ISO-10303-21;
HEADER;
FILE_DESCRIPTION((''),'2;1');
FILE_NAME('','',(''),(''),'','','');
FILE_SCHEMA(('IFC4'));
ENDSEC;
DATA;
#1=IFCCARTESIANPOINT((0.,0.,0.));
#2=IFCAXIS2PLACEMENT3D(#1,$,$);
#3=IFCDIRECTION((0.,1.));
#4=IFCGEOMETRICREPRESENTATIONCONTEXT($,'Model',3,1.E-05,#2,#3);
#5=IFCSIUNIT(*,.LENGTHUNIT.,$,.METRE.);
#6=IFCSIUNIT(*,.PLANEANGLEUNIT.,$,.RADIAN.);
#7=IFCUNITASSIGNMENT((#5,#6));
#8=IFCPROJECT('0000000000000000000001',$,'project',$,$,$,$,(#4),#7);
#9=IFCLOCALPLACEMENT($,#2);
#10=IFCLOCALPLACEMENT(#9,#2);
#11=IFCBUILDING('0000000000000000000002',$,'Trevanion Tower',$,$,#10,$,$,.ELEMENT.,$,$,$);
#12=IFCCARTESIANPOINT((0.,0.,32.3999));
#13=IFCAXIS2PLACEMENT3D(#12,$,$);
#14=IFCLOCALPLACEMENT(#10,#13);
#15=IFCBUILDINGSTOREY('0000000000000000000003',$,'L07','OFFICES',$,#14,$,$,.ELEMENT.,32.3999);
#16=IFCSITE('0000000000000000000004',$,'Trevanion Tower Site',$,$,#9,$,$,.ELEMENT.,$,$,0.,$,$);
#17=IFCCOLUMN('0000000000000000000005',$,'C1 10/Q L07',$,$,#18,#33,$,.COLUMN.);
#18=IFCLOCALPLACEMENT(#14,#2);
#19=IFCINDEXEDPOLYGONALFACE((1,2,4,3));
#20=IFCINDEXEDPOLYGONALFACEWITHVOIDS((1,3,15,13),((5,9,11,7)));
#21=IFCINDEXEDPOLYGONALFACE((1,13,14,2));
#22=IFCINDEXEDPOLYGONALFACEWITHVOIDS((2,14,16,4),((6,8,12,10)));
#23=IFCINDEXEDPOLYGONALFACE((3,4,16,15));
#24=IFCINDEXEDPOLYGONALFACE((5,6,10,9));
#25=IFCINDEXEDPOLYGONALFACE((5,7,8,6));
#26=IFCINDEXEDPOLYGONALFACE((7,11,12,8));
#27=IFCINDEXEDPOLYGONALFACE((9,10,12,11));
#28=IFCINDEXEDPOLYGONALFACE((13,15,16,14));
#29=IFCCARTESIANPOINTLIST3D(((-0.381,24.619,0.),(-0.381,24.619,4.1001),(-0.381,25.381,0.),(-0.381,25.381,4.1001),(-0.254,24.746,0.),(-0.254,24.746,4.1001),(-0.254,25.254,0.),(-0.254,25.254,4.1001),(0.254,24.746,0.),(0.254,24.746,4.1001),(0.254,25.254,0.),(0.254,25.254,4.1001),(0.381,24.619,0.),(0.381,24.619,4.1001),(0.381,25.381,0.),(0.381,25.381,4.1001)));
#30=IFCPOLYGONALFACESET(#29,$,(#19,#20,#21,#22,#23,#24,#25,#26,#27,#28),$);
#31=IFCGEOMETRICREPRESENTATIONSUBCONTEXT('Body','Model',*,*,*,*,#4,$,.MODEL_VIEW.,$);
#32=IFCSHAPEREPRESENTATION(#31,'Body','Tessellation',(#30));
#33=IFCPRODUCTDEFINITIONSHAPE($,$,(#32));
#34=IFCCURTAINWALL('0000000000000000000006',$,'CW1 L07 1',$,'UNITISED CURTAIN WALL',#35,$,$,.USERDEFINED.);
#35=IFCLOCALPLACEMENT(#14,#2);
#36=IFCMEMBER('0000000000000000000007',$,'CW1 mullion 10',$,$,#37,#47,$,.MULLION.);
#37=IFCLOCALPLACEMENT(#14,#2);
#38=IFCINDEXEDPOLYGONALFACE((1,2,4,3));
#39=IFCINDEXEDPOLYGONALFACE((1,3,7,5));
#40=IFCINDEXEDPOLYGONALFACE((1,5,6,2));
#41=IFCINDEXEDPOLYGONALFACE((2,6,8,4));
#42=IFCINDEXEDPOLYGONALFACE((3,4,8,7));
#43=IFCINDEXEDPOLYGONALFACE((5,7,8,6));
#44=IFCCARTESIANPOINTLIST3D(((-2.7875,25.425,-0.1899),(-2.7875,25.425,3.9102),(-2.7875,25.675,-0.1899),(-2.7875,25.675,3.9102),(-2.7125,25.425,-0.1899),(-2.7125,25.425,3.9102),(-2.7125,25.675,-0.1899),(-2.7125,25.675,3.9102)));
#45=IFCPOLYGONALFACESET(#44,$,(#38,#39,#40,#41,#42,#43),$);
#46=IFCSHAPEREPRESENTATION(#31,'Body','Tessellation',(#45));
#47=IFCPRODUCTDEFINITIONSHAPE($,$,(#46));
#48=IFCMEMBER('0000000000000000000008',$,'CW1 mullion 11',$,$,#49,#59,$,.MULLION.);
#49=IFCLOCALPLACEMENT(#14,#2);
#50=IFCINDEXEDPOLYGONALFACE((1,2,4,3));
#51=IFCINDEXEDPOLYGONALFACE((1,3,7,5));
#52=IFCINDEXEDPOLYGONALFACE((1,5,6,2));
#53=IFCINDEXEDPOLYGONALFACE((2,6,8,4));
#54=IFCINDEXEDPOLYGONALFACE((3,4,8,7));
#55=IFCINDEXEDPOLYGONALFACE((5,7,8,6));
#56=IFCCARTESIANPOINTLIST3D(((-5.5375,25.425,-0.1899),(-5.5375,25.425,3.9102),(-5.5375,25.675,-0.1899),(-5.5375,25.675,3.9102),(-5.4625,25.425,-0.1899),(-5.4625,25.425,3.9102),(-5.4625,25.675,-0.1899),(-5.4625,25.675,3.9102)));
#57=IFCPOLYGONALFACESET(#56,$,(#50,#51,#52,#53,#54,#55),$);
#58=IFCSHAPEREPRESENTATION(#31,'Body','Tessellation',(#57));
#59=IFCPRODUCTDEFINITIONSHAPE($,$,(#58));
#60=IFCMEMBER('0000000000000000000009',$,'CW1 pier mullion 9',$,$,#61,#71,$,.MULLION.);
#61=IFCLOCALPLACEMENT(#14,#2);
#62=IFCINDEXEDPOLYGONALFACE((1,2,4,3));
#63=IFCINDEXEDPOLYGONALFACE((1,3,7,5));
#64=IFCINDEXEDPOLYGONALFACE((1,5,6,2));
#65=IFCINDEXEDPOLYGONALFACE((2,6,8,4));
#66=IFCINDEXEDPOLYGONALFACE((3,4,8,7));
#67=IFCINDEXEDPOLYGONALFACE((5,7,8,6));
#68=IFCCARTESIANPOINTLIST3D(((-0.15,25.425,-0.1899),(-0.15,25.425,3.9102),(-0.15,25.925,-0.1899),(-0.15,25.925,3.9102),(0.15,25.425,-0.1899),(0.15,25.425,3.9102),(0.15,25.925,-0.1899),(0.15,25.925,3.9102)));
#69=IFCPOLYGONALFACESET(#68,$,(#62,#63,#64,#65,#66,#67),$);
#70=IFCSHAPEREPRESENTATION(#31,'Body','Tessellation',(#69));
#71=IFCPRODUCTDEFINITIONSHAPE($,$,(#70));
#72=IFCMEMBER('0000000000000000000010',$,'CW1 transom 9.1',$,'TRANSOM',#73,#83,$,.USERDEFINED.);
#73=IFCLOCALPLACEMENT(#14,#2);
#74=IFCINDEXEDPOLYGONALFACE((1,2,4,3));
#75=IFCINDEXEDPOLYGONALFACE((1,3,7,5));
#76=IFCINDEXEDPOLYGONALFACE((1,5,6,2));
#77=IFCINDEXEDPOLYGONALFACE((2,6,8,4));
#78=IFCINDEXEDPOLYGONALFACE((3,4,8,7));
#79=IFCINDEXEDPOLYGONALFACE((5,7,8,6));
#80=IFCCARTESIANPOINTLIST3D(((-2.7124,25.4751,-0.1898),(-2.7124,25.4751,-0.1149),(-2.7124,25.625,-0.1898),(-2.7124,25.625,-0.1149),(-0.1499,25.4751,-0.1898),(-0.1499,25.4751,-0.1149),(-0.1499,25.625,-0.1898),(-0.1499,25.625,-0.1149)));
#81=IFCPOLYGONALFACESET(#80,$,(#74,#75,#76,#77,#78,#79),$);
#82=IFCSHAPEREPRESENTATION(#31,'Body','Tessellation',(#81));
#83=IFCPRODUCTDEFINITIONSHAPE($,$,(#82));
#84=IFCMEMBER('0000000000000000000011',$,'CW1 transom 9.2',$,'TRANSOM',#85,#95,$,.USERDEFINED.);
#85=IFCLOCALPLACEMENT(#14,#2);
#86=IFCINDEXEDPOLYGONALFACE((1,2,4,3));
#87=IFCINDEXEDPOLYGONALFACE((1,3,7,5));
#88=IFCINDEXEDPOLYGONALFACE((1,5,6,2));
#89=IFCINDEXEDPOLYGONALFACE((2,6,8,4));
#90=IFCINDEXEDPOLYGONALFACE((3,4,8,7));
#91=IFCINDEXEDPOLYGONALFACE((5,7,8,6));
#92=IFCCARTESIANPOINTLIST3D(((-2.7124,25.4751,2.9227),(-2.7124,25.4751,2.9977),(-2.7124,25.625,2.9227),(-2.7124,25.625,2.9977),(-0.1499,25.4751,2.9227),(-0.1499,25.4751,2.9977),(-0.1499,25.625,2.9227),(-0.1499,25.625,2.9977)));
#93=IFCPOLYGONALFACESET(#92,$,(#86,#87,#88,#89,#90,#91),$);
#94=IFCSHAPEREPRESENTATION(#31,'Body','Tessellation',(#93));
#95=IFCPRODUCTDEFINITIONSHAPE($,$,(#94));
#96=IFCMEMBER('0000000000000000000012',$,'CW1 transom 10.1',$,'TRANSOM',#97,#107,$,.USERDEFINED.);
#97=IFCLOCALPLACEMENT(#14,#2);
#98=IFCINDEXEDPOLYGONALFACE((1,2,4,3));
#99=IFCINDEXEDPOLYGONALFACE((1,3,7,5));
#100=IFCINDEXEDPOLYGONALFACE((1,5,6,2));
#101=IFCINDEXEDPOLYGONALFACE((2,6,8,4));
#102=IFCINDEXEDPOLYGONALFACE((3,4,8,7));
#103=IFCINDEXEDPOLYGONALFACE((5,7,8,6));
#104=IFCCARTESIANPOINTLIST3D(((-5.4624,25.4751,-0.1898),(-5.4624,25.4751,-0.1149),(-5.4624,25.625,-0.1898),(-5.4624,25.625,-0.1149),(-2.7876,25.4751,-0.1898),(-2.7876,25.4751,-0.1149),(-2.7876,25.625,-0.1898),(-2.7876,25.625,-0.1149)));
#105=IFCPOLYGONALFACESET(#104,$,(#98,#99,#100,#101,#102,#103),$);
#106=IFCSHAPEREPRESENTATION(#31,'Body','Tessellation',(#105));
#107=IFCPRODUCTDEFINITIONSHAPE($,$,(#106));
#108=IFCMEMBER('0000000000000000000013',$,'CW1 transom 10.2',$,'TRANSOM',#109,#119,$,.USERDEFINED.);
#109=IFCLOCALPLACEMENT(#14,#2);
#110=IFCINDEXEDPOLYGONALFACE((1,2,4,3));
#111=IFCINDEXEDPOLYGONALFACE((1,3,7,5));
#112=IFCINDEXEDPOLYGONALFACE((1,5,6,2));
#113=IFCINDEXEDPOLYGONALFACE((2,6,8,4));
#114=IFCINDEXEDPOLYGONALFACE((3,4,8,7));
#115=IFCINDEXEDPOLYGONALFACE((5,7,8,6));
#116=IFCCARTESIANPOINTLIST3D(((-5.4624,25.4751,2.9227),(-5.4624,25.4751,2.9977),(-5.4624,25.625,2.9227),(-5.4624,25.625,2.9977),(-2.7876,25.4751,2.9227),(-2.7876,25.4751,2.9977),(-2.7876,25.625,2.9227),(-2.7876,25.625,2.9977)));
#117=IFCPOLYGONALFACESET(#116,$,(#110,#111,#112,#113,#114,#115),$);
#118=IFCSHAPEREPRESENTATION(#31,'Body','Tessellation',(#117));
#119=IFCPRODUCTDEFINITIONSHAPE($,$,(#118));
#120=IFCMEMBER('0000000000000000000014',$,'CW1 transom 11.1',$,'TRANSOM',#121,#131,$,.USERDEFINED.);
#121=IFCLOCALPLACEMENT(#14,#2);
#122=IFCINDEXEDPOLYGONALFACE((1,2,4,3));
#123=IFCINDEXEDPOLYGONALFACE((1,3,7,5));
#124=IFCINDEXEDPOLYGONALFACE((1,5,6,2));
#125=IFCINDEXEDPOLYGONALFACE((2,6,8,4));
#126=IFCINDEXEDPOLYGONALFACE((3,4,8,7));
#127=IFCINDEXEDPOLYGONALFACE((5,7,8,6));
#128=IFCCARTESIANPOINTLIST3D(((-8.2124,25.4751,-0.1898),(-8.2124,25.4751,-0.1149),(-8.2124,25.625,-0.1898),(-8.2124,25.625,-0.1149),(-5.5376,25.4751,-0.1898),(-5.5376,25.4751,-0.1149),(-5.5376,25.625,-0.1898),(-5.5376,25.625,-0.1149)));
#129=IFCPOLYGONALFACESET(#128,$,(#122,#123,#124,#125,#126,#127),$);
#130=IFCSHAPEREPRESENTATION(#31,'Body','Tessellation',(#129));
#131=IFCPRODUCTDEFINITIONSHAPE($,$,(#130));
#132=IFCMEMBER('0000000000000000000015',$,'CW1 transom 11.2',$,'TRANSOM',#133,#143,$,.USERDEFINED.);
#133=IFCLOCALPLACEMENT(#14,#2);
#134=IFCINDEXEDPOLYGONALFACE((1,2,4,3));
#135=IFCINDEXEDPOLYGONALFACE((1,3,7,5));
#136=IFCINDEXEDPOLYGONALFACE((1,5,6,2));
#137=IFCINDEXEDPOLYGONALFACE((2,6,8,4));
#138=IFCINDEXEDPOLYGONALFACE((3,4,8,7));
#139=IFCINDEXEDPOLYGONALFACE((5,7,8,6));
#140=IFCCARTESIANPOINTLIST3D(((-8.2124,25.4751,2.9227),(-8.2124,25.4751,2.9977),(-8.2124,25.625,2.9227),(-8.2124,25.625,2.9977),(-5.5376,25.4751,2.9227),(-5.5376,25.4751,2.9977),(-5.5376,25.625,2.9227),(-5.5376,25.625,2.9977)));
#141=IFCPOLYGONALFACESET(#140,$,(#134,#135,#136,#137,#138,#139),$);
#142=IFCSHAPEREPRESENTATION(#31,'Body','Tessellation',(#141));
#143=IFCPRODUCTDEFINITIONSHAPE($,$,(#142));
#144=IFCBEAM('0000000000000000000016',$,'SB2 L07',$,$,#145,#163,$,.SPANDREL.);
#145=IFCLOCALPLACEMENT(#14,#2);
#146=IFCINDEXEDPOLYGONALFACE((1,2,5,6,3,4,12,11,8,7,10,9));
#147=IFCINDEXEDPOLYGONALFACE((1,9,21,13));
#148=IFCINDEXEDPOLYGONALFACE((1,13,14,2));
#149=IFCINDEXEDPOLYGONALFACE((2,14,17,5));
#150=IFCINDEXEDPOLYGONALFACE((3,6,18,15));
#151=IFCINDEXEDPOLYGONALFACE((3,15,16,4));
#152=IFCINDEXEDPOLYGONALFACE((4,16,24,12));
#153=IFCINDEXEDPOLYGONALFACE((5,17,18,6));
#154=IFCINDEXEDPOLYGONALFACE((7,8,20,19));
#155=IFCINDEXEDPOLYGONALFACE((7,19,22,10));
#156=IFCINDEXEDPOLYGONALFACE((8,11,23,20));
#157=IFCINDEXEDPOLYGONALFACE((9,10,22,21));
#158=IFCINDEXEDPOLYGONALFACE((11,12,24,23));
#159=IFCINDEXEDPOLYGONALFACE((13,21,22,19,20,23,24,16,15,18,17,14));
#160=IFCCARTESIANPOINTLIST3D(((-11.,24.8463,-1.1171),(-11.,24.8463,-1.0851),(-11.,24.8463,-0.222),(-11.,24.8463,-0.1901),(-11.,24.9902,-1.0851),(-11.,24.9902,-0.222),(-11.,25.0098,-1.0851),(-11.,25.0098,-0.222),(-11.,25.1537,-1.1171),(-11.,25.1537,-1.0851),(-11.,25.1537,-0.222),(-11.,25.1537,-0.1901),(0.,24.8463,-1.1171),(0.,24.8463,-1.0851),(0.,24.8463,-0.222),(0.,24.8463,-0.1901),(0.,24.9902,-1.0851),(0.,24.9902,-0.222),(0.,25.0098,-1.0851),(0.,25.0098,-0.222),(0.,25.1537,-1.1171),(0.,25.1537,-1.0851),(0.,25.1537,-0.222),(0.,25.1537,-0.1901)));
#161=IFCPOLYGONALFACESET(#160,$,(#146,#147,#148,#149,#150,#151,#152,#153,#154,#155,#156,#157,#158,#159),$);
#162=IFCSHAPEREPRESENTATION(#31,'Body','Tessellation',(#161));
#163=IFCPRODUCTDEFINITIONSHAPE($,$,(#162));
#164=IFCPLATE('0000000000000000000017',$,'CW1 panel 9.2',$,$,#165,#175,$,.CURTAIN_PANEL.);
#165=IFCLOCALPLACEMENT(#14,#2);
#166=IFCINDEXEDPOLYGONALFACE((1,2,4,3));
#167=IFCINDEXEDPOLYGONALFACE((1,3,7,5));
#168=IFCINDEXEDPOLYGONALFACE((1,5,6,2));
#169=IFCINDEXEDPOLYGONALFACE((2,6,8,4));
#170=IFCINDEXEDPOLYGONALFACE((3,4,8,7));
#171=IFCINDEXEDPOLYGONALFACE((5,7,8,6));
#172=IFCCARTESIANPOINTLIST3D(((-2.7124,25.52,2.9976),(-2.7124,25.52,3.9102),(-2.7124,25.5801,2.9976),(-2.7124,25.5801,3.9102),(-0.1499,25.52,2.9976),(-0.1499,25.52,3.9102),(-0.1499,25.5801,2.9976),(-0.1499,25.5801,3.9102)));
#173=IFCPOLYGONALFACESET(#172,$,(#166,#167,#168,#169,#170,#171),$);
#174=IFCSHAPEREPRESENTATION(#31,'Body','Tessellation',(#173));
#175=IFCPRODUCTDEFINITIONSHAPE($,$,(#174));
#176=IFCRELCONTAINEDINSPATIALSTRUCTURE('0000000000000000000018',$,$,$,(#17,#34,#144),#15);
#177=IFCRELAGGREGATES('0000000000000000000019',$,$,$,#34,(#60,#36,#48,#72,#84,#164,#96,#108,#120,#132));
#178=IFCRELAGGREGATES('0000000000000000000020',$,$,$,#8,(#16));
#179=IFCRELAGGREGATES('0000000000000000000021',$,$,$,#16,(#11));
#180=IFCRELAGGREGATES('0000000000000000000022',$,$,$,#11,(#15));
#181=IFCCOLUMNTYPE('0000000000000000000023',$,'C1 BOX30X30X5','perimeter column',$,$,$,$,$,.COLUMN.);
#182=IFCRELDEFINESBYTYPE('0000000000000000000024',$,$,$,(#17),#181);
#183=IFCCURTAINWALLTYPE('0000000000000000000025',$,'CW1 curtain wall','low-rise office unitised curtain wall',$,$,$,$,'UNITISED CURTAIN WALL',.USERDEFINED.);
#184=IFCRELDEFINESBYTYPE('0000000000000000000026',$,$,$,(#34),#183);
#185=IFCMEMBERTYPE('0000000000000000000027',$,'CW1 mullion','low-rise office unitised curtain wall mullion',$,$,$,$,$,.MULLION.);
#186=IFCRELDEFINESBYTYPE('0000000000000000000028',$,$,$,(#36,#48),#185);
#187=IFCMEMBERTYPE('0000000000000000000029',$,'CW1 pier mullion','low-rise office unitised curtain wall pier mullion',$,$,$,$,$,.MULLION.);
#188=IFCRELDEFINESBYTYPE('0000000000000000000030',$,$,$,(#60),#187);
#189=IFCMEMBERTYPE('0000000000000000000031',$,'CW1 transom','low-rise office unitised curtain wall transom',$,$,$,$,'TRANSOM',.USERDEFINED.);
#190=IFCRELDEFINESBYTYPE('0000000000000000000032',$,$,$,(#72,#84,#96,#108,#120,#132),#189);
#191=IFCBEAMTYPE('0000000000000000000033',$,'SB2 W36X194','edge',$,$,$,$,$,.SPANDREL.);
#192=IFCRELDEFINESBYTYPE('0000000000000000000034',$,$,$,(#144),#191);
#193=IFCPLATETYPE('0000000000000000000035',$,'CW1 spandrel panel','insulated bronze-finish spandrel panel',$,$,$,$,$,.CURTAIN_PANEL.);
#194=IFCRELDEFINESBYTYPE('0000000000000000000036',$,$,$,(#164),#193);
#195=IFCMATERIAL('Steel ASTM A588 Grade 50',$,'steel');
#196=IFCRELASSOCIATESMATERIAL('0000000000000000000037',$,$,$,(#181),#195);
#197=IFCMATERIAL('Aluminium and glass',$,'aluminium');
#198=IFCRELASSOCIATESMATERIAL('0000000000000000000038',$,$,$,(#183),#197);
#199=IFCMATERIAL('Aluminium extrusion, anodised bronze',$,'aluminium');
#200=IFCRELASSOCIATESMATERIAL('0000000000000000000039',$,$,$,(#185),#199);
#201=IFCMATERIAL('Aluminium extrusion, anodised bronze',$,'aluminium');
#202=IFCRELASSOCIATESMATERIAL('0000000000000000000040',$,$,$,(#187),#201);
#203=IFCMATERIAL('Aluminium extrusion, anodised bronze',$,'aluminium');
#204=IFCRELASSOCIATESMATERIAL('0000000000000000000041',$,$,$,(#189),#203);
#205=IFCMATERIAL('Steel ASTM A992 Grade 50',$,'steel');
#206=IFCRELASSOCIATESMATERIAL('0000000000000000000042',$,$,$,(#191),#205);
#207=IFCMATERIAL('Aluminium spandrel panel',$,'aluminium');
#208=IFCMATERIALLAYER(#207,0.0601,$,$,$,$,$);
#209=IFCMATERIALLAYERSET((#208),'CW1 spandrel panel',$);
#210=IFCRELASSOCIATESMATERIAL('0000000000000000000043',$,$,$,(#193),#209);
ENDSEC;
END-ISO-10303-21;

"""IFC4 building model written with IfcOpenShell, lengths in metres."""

from ifc_helpers import new_model, si_unit, direction, frame, origin, origin_2d, place, context, subcontext, project, spatial, rectangle, hollow_rectangle, i_section, extrude, material, layer, layer_set, material_profile, profile_set, type_object, element, aggregate, save


model = new_model("IFC4")

# Units and contexts
model_context = context("Model", 3, precision=1e-05, world=origin(), true_north=direction((0.0, 1.0)))
body_context = subcontext(model_context, "Body", "Model", "MODEL_VIEW")
ifc_project = project(units=[si_unit("LENGTHUNIT", "METRE"), si_unit("PLANEANGLEUNIT", "RADIAN")], contexts=[model_context])

# Site, building, storey
site_placement = place(None, origin())
site = spatial("IfcSite", under=ifc_project, at=site_placement, Name="Trevanion Tower Site", CompositionType="ELEMENT", RefElevation=0.0)
building_placement = place(site_placement, origin())
building = spatial("IfcBuilding", under=site, at=building_placement, Name="Trevanion Tower", CompositionType="ELEMENT")
storey_placement = place(building_placement, frame((0.0, 0.0, 32.3999)))
storey = spatial("IfcBuildingStorey", under=building, at=storey_placement, Name="L07", Description="OFFICES", CompositionType="ELEMENT", Elevation=32.3999)

# Column
ifc_material_1 = material(Name="Steel ASTM A588 Grade 50", Category="steel")
ifc_material_profile_1 = material_profile(ifc_material_1, hollow_rectangle(XDim=0.762, YDim=0.762, WallThickness=0.127, at=origin_2d()), Name="BOX30X30X5")
ifc_profile_set_1 = profile_set([ifc_material_profile_1], Name="Steel ASTM A588 Grade 50")
column_type = type_object("IfcColumnType", Name="C1 BOX30X30X5", Description="perimeter column", PredefinedType="COLUMN", material=ifc_profile_set_1)
column_placement = place(storey_placement, frame((0.0, 25.0, 0.0), z_axis=(0.0, 0.0, 1.0), x_axis=(1.0, 0.0, 0.0)))
element("IfcColumn", 1, at=column_placement, inside=storey, type_object=column_type, Name="C1 10/Q L07", PredefinedType="COLUMN", context=body_context, shape_type="SweptSolid", body=[
    extrude(hollow_rectangle(XDim=0.762, YDim=0.762, WallThickness=0.127, at=origin_2d()), origin(), (0.0, 0.0, 1.0), 4.1001),
])

# Curtain wall, members
ifc_material_2 = material(Name="Aluminium and glass", Category="aluminium")
curtain_wall_type = type_object("IfcCurtainWallType", Name="CW1 curtain wall", Description="low-rise office unitised curtain wall", ElementType="UNITISED CURTAIN WALL", PredefinedType="USERDEFINED", material=ifc_material_2)
curtain_wall_placement = place(storey_placement, origin())
curtain_wall = element("IfcCurtainWall", 2, at=curtain_wall_placement, inside=storey, type_object=curtain_wall_type, Name="CW1 L07 1", ObjectType="UNITISED CURTAIN WALL", PredefinedType="USERDEFINED")
ifc_material_3 = material(Name="Aluminium extrusion, anodised bronze", Category="aluminium")
ifc_material_profile_2 = material_profile(ifc_material_3, rectangle(XDim=0.075, YDim=0.25, at=origin_2d()), Name="CW1 mullion")
ifc_profile_set_2 = profile_set([ifc_material_profile_2], Name="Aluminium extrusion, anodised bronze")
member_type_1 = type_object("IfcMemberType", Name="CW1 mullion", Description="low-rise office unitised curtain wall mullion", PredefinedType="MULLION", material=ifc_profile_set_2)
member_1_placement = place(storey_placement, frame((-2.75, 25.55, -0.1899), z_axis=(0.0, 0.0, 1.0), x_axis=(-1.0, 0.0, 0.0)))
member_1 = element("IfcMember", 3, at=member_1_placement, type_object=member_type_1, Name="CW1 mullion 10", PredefinedType="MULLION", context=body_context, shape_type="SweptSolid", body=[
    extrude(rectangle(XDim=0.075, YDim=0.25, at=origin_2d()), origin(), (0.0, 0.0, 1.0), 4.1001),
])
member_2_placement = place(storey_placement, frame((-5.5, 25.55, -0.1899), z_axis=(0.0, 0.0, 1.0), x_axis=(-1.0, 0.0, 0.0)))
member_2 = element("IfcMember", 4, at=member_2_placement, type_object=member_type_1, Name="CW1 mullion 11", PredefinedType="MULLION", context=body_context, shape_type="SweptSolid", body=[
    extrude(rectangle(XDim=0.075, YDim=0.25, at=origin_2d()), origin(), (0.0, 0.0, 1.0), 4.1001),
])
ifc_material_4 = material(Name="Aluminium extrusion, anodised bronze", Category="aluminium")
ifc_material_profile_3 = material_profile(ifc_material_4, rectangle(XDim=0.3, YDim=0.5, at=origin_2d()), Name="CW1 pier mullion")
ifc_profile_set_3 = profile_set([ifc_material_profile_3], Name="Aluminium extrusion, anodised bronze")
member_type_2 = type_object("IfcMemberType", Name="CW1 pier mullion", Description="low-rise office unitised curtain wall pier mullion", PredefinedType="MULLION", material=ifc_profile_set_3)
member_3_placement = place(storey_placement, frame((0.0, 25.675, -0.1899), z_axis=(0.0, 0.0, 1.0), x_axis=(-1.0, 0.0, 0.0)))
member_3 = element("IfcMember", 5, at=member_3_placement, type_object=member_type_2, Name="CW1 pier mullion 9", PredefinedType="MULLION", context=body_context, shape_type="SweptSolid", body=[
    extrude(rectangle(XDim=0.3, YDim=0.5, at=origin_2d()), origin(), (0.0, 0.0, 1.0), 4.1001),
])
ifc_material_5 = material(Name="Aluminium extrusion, anodised bronze", Category="aluminium")
ifc_material_profile_4 = material_profile(ifc_material_5, rectangle(XDim=0.1499, YDim=0.075, at=origin_2d()), Name="CW1 transom")
ifc_profile_set_4 = profile_set([ifc_material_profile_4], Name="Aluminium extrusion, anodised bronze")
member_type_3 = type_object("IfcMemberType", Name="CW1 transom", Description="low-rise office unitised curtain wall transom", ElementType="TRANSOM", PredefinedType="USERDEFINED", material=ifc_profile_set_4)
member_4_placement = place(storey_placement, frame((-0.1499, 25.55, -0.1523), z_axis=(-1.0, 0.0, 0.0), x_axis=(0.0, -1.0, 0.0)))
member_4 = element("IfcMember", 6, at=member_4_placement, type_object=member_type_3, Name="CW1 transom 9.1", ObjectType="TRANSOM", PredefinedType="USERDEFINED", context=body_context, shape_type="SweptSolid", body=[
    extrude(rectangle(XDim=0.1499, YDim=0.075, at=origin_2d()), origin(), (0.0, 0.0, 1.0), 2.5625),
])
member_5_placement = place(storey_placement, frame((-0.1499, 25.55, 2.9602), z_axis=(-1.0, 0.0, 0.0), x_axis=(0.0, -1.0, 0.0)))
member_5 = element("IfcMember", 7, at=member_5_placement, type_object=member_type_3, Name="CW1 transom 9.2", ObjectType="TRANSOM", PredefinedType="USERDEFINED", context=body_context, shape_type="SweptSolid", body=[
    extrude(rectangle(XDim=0.1499, YDim=0.075, at=origin_2d()), origin(), (0.0, 0.0, 1.0), 2.5625),
])
member_6_placement = place(storey_placement, frame((-2.7876, 25.55, -0.1523), z_axis=(-1.0, 0.0, 0.0), x_axis=(0.0, -1.0, 0.0)))
member_6 = element("IfcMember", 8, at=member_6_placement, type_object=member_type_3, Name="CW1 transom 10.1", ObjectType="TRANSOM", PredefinedType="USERDEFINED", context=body_context, shape_type="SweptSolid", body=[
    extrude(rectangle(XDim=0.1499, YDim=0.075, at=origin_2d()), origin(), (0.0, 0.0, 1.0), 2.6748),
])
member_7_placement = place(storey_placement, frame((-2.7876, 25.55, 2.9602), z_axis=(-1.0, 0.0, 0.0), x_axis=(0.0, -1.0, 0.0)))
member_7 = element("IfcMember", 9, at=member_7_placement, type_object=member_type_3, Name="CW1 transom 10.2", ObjectType="TRANSOM", PredefinedType="USERDEFINED", context=body_context, shape_type="SweptSolid", body=[
    extrude(rectangle(XDim=0.1499, YDim=0.075, at=origin_2d()), origin(), (0.0, 0.0, 1.0), 2.6748),
])
member_8_placement = place(storey_placement, frame((-5.5376, 25.55, -0.1523), z_axis=(-1.0, 0.0, 0.0), x_axis=(0.0, -1.0, 0.0)))
member_8 = element("IfcMember", 10, at=member_8_placement, type_object=member_type_3, Name="CW1 transom 11.1", ObjectType="TRANSOM", PredefinedType="USERDEFINED", context=body_context, shape_type="SweptSolid", body=[
    extrude(rectangle(XDim=0.1499, YDim=0.075, at=origin_2d()), origin(), (0.0, 0.0, 1.0), 2.6748),
])
member_9_placement = place(storey_placement, frame((-5.5376, 25.55, 2.9602), z_axis=(-1.0, 0.0, 0.0), x_axis=(0.0, -1.0, 0.0)))
member_9 = element("IfcMember", 11, at=member_9_placement, type_object=member_type_3, Name="CW1 transom 11.2", ObjectType="TRANSOM", PredefinedType="USERDEFINED", context=body_context, shape_type="SweptSolid", body=[
    extrude(rectangle(XDim=0.1499, YDim=0.075, at=origin_2d()), origin(), (0.0, 0.0, 1.0), 2.6748),
])

# Beam
ifc_material_6 = material(Name="Steel ASTM A992 Grade 50", Category="steel")
ifc_material_profile_5 = material_profile(ifc_material_6, i_section(OverallWidth=0.3074, OverallDepth=0.927, WebThickness=0.0195, FlangeThickness=0.032, at=origin_2d()), Name="W36X194")
ifc_profile_set_5 = profile_set([ifc_material_profile_5], Name="Steel ASTM A992 Grade 50")
beam_type = type_object("IfcBeamType", Name="SB2 W36X194", Description="edge", PredefinedType="SPANDREL", material=ifc_profile_set_5)
beam_placement = place(storey_placement, frame((0.0, 25.0, -0.6536), z_axis=(-1.0, 0.0, 0.0), x_axis=(0.0, -1.0, 0.0)))
element("IfcBeam", 12, at=beam_placement, inside=storey, type_object=beam_type, Name="SB2 L07", PredefinedType="SPANDREL", context=body_context, shape_type="SweptSolid", body=[
    extrude(i_section(OverallWidth=0.3074, OverallDepth=0.927, WebThickness=0.0195, FlangeThickness=0.032, at=origin_2d()), origin(), (0.0, 0.0, 1.0), 11.0),
])

# Plate
ifc_material_7 = material(Name="Aluminium spandrel panel", Category="aluminium")
ifc_layer_1 = layer(ifc_material_7, 0.0601)
ifc_layer_set_1 = layer_set([ifc_layer_1], Name="CW1 spandrel panel")
plate_type_1 = type_object("IfcPlateType", Name="CW1 spandrel panel", Description="insulated bronze-finish spandrel panel", PredefinedType="CURTAIN_PANEL", material=ifc_layer_set_1)
plate_1_placement = place(storey_placement, frame((-1.4312, 25.55, 2.9976), z_axis=(0.0, 0.0, 1.0), x_axis=(-1.0, 0.0, 0.0)))
plate_1 = element("IfcPlate", 13, at=plate_1_placement, type_object=plate_type_1, Name="CW1 panel 9.2", PredefinedType="CURTAIN_PANEL", context=body_context, shape_type="SweptSolid", body=[
    extrude(rectangle(XDim=2.5625, YDim=0.0601, at=origin_2d()), origin(), (0.0, 0.0, 1.0), 0.9126),
])
aggregate(curtain_wall, [member_3, member_1, member_2, member_4, member_5, plate_1, member_6, member_7, member_8, member_9])

save(model, "model.ifc")
